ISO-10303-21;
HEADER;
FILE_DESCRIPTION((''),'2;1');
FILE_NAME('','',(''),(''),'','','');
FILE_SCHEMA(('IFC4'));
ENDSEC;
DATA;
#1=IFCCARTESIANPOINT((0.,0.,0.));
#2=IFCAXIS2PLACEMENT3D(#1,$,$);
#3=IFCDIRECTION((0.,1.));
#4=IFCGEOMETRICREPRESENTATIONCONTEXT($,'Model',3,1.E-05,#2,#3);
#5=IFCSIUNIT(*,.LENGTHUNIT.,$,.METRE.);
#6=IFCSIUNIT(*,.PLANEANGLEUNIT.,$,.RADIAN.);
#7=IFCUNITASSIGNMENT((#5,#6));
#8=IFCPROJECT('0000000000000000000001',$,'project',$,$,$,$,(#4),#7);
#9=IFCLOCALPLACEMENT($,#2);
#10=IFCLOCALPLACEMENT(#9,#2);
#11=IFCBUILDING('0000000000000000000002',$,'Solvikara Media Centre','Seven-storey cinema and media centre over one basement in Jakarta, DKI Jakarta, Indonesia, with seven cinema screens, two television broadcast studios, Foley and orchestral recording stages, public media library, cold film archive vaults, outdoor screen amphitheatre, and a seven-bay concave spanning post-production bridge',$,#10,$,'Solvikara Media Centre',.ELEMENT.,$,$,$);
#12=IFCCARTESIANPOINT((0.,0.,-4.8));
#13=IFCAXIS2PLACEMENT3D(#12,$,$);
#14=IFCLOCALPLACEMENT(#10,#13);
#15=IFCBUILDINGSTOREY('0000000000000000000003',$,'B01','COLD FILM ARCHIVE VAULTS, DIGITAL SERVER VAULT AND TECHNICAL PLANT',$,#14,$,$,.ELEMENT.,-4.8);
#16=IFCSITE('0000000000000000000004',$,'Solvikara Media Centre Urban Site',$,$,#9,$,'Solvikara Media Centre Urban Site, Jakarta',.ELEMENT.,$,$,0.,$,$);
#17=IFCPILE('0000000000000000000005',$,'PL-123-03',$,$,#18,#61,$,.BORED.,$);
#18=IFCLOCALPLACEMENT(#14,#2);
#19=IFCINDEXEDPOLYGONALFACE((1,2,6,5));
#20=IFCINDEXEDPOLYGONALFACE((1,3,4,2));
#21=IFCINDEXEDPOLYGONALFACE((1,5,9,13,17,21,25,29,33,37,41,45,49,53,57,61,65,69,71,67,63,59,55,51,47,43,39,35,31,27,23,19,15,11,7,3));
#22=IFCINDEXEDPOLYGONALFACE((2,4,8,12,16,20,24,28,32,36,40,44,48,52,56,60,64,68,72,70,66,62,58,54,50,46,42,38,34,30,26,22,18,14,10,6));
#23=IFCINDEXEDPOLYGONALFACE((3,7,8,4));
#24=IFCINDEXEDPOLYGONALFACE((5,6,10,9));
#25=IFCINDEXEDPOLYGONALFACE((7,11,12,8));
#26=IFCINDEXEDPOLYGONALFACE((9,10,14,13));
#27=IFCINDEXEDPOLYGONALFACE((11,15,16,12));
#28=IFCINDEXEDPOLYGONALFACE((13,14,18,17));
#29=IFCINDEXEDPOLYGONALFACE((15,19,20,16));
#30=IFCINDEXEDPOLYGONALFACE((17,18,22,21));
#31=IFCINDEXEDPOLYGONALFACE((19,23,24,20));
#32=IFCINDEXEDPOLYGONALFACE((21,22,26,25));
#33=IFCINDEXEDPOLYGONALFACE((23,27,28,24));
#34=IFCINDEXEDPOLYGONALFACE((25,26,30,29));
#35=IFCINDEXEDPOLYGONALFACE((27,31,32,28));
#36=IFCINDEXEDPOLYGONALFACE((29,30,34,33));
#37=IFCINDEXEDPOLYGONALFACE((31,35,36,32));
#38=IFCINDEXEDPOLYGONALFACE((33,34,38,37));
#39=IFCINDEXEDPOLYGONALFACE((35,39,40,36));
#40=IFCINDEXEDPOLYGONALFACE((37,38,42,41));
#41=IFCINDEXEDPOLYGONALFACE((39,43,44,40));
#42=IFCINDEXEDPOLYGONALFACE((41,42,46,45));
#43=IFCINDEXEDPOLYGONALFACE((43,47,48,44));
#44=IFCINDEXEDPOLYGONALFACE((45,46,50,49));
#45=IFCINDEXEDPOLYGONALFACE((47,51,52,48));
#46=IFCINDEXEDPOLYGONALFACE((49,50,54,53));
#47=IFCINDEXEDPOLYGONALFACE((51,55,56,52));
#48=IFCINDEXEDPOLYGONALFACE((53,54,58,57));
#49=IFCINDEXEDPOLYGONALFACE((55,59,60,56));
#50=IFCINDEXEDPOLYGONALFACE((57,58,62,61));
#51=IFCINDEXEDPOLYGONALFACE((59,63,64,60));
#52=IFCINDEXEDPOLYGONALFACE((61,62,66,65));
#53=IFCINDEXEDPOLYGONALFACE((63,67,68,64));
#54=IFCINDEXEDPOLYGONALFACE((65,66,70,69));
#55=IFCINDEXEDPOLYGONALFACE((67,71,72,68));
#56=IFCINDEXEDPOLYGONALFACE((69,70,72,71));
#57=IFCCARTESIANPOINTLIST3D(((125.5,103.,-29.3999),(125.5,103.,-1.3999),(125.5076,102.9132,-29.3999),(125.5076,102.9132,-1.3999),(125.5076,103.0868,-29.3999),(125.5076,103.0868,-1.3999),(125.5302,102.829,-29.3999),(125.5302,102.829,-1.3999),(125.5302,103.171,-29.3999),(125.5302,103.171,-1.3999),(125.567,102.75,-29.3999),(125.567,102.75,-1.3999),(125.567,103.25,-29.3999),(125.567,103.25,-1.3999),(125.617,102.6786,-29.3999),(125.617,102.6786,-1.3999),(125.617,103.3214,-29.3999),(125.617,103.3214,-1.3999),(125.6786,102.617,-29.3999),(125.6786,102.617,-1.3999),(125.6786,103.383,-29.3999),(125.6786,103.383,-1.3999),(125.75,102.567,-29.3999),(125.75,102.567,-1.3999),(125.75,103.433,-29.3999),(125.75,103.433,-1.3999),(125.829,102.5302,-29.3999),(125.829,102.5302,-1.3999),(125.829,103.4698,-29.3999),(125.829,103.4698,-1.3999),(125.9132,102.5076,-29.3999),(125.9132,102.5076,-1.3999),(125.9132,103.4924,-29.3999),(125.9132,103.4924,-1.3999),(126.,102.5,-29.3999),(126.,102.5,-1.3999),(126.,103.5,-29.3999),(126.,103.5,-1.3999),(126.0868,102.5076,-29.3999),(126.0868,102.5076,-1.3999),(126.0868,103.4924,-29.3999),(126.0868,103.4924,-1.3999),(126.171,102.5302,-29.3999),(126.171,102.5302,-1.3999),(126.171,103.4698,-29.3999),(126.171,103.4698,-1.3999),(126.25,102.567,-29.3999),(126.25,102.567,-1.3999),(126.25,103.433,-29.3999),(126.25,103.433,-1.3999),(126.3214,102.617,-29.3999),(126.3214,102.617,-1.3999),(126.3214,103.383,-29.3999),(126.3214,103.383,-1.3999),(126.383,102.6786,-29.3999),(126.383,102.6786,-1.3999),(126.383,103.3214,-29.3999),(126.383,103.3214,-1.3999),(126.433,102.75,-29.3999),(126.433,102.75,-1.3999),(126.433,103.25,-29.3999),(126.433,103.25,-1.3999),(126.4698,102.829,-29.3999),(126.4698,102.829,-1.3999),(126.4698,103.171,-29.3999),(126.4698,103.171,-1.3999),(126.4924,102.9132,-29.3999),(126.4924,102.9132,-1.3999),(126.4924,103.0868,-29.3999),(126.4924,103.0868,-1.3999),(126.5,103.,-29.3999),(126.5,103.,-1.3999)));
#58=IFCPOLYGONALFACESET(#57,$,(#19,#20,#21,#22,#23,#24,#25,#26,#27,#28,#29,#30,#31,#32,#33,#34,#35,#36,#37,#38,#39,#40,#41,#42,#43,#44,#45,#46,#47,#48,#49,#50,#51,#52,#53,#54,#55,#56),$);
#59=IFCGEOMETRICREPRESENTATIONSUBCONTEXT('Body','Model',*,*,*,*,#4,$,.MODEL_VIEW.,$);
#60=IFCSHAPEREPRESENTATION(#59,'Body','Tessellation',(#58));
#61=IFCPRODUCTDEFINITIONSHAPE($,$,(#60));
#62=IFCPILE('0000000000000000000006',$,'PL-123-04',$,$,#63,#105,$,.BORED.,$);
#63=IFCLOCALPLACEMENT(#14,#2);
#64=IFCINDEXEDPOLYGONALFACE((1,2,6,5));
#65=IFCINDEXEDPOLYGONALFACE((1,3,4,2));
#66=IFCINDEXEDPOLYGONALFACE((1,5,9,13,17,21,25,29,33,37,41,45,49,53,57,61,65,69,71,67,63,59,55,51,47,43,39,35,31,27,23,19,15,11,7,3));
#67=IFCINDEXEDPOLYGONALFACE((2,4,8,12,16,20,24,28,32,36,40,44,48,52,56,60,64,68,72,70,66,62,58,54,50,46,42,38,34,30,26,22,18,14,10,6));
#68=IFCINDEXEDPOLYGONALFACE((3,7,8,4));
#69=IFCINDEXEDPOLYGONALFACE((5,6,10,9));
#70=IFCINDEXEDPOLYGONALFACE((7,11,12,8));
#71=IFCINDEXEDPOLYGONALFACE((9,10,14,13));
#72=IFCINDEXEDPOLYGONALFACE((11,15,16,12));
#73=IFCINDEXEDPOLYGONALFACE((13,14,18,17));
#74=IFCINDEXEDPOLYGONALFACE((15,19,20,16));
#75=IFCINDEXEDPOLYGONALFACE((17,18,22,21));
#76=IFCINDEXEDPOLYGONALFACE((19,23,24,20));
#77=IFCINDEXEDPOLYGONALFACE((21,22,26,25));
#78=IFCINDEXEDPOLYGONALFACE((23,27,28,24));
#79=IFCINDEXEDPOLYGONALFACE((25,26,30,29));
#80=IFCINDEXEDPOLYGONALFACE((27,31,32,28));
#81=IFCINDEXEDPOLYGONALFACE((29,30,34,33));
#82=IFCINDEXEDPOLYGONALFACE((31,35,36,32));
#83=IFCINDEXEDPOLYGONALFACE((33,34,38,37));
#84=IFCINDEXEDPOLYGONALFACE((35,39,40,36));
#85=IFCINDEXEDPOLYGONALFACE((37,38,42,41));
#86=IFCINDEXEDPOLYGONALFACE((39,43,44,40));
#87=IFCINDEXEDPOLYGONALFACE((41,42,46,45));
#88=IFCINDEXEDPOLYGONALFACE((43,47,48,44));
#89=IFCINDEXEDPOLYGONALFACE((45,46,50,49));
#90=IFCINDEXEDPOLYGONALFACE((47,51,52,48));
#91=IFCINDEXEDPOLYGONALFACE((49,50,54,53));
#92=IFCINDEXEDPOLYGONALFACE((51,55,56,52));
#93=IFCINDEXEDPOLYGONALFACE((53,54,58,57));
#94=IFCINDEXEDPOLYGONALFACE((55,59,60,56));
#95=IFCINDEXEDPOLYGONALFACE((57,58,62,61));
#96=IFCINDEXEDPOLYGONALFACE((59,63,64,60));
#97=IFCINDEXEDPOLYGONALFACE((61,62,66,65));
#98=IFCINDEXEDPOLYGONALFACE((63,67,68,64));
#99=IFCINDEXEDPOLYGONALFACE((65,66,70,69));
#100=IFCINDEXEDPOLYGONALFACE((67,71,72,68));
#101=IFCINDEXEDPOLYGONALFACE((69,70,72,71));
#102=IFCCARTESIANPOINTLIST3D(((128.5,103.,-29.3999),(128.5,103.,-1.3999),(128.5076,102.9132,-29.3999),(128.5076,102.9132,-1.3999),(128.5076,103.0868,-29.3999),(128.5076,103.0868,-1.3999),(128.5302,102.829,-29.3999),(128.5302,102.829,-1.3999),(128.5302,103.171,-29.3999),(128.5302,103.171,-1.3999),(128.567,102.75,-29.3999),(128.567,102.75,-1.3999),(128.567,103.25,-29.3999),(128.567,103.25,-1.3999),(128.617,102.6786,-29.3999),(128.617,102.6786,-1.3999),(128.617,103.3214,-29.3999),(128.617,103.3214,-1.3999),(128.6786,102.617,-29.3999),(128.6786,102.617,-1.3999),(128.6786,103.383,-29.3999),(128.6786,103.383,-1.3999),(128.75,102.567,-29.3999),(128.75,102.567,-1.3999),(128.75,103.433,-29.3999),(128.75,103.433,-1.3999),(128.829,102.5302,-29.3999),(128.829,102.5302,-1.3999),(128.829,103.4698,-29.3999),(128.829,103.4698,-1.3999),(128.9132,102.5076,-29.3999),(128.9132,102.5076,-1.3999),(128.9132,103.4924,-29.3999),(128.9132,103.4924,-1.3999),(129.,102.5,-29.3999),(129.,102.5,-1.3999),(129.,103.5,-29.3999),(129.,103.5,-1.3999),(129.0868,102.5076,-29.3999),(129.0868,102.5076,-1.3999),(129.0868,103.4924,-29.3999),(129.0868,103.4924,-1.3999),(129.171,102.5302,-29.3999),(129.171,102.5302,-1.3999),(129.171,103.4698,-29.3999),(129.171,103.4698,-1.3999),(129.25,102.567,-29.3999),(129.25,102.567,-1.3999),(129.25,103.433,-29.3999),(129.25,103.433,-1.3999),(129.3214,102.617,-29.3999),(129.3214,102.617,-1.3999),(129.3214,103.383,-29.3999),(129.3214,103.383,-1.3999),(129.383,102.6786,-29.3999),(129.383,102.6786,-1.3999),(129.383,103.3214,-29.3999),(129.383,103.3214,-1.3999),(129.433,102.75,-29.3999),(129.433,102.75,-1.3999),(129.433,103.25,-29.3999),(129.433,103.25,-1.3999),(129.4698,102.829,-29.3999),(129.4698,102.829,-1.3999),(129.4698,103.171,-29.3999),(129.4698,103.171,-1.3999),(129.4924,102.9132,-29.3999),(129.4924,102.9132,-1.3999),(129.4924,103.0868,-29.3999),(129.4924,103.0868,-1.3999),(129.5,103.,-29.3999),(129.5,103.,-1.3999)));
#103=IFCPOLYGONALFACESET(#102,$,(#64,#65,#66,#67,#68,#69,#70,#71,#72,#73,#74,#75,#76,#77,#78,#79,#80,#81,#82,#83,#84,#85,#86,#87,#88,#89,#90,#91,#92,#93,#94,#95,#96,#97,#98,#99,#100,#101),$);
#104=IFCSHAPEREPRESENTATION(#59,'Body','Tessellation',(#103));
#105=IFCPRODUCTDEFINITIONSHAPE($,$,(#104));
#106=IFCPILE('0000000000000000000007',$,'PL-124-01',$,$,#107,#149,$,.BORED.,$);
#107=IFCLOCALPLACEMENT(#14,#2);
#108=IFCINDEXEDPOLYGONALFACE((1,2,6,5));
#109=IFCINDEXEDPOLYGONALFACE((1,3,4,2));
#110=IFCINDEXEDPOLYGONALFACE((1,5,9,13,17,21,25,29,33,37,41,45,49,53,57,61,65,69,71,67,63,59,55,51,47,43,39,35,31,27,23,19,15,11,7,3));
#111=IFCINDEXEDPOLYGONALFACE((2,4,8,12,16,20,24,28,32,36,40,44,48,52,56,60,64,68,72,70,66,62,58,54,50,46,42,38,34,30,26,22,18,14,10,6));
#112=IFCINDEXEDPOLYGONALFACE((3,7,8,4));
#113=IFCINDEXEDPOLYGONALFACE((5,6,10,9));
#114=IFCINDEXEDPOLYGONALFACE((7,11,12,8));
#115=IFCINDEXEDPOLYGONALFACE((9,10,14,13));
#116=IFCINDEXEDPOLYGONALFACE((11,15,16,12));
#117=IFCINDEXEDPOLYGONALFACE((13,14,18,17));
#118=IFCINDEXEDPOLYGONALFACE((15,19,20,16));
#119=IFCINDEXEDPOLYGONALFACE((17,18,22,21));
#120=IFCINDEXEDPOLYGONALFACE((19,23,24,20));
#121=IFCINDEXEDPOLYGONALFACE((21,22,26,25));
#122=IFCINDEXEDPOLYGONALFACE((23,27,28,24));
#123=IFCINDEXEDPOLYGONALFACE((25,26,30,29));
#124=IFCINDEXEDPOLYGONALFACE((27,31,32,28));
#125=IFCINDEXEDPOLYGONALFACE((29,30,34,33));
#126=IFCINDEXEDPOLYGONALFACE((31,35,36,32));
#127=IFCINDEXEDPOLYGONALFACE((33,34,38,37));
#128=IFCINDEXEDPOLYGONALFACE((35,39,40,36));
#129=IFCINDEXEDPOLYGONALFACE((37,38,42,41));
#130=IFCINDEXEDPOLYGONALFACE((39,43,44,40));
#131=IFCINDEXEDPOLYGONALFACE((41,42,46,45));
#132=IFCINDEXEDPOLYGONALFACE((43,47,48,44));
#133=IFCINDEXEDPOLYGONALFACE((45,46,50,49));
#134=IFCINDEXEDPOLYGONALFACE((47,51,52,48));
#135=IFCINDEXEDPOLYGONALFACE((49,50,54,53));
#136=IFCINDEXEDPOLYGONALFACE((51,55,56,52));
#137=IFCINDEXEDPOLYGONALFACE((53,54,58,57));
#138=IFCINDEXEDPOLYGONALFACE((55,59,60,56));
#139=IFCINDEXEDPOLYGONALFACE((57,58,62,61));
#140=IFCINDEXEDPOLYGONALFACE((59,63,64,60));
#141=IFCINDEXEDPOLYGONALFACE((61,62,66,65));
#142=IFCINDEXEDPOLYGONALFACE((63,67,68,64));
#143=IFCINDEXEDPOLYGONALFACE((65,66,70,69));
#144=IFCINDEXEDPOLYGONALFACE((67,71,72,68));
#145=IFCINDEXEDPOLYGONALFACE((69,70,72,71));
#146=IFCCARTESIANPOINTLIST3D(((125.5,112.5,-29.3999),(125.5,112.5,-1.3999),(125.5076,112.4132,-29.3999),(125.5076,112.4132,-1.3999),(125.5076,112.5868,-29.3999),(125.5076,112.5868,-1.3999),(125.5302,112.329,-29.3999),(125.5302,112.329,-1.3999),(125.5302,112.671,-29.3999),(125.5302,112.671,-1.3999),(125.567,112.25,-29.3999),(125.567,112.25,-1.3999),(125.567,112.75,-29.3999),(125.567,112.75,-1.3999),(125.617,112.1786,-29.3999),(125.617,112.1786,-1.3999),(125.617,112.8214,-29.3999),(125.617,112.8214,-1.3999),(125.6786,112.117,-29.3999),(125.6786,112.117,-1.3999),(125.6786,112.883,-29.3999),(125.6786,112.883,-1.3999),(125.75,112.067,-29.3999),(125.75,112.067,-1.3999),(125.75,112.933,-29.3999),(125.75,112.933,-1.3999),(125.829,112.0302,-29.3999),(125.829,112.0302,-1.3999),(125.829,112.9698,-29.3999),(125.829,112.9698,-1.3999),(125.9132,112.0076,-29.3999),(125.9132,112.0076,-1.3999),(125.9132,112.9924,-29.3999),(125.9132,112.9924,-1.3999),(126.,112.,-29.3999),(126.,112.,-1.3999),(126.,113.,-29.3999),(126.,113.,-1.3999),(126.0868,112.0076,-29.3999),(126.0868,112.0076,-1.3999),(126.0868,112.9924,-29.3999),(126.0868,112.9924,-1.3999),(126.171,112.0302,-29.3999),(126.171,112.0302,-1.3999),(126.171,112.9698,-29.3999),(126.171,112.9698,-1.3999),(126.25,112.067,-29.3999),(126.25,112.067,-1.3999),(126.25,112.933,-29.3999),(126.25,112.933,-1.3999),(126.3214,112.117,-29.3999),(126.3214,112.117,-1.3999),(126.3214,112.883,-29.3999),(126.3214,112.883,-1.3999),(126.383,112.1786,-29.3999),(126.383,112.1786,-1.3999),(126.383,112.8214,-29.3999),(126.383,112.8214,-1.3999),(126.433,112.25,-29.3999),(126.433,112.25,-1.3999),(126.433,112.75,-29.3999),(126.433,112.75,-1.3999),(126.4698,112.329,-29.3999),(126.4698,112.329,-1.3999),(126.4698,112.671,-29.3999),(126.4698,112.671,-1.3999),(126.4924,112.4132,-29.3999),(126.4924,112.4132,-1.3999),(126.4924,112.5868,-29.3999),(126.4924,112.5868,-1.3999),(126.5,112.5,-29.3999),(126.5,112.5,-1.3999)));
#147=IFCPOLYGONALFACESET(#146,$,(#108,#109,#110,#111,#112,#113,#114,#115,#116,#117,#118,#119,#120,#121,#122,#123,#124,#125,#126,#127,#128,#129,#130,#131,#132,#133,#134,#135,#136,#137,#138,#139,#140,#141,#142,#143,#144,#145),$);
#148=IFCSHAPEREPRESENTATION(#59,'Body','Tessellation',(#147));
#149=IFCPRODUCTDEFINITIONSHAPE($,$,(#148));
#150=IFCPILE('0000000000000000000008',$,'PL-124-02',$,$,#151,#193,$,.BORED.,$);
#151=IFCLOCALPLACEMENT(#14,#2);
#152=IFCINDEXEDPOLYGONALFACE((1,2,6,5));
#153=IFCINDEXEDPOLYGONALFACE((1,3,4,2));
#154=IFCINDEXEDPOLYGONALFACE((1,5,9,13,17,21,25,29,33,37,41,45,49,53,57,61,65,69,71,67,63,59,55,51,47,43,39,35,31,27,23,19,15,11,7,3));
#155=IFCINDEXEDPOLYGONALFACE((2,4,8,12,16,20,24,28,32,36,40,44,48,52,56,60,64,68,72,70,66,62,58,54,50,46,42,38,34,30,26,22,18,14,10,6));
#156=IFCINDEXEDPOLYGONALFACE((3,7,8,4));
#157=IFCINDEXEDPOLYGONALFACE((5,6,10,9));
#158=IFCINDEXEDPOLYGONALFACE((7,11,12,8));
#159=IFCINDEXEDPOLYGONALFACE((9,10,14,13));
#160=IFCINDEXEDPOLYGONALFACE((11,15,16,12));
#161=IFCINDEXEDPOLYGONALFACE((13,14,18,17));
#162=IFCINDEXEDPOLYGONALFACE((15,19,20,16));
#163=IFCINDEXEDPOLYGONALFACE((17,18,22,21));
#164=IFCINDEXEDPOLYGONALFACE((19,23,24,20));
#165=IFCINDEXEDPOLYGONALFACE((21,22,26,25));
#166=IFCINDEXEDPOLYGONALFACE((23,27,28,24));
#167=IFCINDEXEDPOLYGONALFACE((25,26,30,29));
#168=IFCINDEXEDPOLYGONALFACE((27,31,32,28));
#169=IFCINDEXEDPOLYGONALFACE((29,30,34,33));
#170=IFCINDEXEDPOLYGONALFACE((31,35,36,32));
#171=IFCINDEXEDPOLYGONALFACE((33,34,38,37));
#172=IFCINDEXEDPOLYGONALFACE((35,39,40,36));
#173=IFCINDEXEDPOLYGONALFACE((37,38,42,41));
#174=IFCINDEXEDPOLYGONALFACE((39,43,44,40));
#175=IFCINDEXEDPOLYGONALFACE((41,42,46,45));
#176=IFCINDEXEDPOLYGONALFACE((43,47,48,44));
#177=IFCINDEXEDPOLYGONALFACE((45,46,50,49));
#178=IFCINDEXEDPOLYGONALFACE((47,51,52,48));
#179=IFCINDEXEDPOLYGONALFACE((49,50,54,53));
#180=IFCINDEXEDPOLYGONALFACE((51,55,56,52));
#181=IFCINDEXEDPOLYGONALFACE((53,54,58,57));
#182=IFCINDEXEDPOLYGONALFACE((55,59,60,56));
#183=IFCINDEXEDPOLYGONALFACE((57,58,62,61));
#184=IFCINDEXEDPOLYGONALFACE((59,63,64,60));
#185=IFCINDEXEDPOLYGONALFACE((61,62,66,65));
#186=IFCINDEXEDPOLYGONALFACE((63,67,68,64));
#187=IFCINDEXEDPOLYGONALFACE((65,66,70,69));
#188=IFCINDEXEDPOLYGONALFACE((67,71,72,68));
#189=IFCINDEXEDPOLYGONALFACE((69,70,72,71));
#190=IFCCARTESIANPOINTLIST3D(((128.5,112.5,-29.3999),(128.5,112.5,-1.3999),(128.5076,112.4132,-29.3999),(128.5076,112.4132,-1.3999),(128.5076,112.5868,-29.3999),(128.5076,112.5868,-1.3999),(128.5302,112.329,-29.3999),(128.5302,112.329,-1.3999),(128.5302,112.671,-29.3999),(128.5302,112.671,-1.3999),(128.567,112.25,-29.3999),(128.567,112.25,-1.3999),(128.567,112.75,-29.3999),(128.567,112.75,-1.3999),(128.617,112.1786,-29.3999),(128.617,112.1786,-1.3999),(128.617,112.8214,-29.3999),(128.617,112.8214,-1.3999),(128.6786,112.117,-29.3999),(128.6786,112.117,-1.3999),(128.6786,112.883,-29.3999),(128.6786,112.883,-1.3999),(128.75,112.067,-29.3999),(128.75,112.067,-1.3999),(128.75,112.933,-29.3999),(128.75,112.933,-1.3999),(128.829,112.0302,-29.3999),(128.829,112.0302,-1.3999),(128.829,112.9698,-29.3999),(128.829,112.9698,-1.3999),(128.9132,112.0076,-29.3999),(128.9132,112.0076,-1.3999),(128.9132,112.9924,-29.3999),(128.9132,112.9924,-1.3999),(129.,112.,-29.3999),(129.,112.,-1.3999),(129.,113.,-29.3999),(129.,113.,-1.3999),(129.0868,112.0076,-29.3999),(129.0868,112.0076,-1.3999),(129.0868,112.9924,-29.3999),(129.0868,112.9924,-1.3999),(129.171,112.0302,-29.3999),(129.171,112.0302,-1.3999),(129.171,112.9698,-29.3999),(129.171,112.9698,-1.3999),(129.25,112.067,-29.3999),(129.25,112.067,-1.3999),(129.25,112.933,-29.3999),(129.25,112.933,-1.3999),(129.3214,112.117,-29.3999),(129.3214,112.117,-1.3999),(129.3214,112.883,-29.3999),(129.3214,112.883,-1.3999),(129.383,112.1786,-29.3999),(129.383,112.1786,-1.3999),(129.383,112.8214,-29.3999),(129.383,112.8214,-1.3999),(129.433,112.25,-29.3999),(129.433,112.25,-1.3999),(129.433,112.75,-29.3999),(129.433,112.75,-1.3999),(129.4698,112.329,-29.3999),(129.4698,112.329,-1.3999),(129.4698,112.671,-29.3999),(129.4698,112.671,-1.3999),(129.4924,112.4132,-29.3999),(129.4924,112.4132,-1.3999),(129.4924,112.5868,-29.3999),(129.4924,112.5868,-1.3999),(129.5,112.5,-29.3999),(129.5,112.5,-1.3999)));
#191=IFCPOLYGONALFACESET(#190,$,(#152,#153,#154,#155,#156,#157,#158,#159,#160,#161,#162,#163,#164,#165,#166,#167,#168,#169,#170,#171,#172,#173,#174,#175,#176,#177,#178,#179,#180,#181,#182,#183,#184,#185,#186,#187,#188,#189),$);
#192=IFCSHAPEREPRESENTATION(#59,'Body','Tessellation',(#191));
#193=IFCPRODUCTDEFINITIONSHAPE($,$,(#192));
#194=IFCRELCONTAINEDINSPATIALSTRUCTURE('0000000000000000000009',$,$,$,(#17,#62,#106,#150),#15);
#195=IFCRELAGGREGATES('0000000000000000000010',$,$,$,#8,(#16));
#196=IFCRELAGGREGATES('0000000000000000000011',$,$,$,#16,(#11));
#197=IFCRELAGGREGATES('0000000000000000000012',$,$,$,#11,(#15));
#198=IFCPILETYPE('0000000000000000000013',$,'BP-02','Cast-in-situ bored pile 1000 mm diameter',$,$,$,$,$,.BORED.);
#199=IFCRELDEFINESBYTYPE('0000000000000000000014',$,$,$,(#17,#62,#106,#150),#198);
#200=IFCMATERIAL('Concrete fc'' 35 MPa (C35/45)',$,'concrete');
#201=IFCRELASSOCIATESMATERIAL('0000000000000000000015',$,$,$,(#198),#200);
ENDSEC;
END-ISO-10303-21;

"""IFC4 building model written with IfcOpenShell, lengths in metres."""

from ifc_helpers import new_model, si_unit, direction, frame, origin, origin_2d, place, context, subcontext, project, spatial, circle, extrude, material, material_profile, profile_set, type_object, element, save


model = new_model("IFC4")

# Units and contexts
model_context = context("Model", 3, precision=1e-05, world=origin(), true_north=direction((0.0, 1.0)))
body_context = subcontext(model_context, "Body", "Model", "MODEL_VIEW")
ifc_project = project(units=[si_unit("LENGTHUNIT", "METRE"), si_unit("PLANEANGLEUNIT", "RADIAN")], contexts=[model_context])

# Site, building, storey
site_placement = place(None, origin())
site = spatial("IfcSite", under=ifc_project, at=site_placement, Name="Solvikara Media Centre Urban Site", LongName="Solvikara Media Centre Urban Site, Jakarta", CompositionType="ELEMENT", RefElevation=0.0)
building_placement = place(site_placement, origin())
building = spatial("IfcBuilding", under=site, at=building_placement, Name="Solvikara Media Centre", Description="Seven-storey cinema and media centre over one basement in Jakarta, DKI Jakarta, Indonesia, with seven cinema screens, two television broadcast studios, Foley and orchestral recording stages, public media library, cold film archive vaults, outdoor screen amphitheatre, and a seven-bay concave spanning post-production bridge", LongName="Solvikara Media Centre", CompositionType="ELEMENT")
storey_placement = place(building_placement, frame((0.0, 0.0, -4.8)))
storey = spatial("IfcBuildingStorey", under=building, at=storey_placement, Name="B01", Description="COLD FILM ARCHIVE VAULTS, DIGITAL SERVER VAULT AND TECHNICAL PLANT", CompositionType="ELEMENT", Elevation=-4.8)

# Piles
ifc_material_1 = material(Name="Concrete fc' 35 MPa (C35/45)", Category="concrete")
ifc_material_profile_1 = material_profile(ifc_material_1, circle(Radius=0.5, at=origin_2d()), Name="BORED PILE D1000")
ifc_profile_set_1 = profile_set([ifc_material_profile_1], Name="Concrete fc' 35 MPa (C35/45)")
pile_type_1 = type_object("IfcPileType", Name="BP-02", Description="Cast-in-situ bored pile 1000 mm diameter", PredefinedType="BORED", material=ifc_profile_set_1)
for number, where, z_axis, x_axis, name in (
    (1, (126.0, 103.0, -1.3999), (0.0, 0.0, -1.0), (1.0, 0.0, 0.0), "PL-123-03"),
    (2, (129.0, 103.0, -1.3999), (0.0, 0.0, -1.0), (1.0, 0.0, 0.0), "PL-123-04"),
    (3, (126.0, 112.5, -1.3999), (0.0, 0.0, -1.0), (1.0, 0.0, 0.0), "PL-124-01"),
    (4, (129.0, 112.5, -1.3999), (0.0, 0.0, -1.0), (1.0, 0.0, 0.0), "PL-124-02"),
):
    element("IfcPile", number, at=place(storey_placement, frame(where, z_axis=z_axis, x_axis=x_axis)), inside=storey, type_object=pile_type_1, Name=name, PredefinedType="BORED", context=body_context, shape_type="SweptSolid", body=[
        extrude(circle(Radius=0.5, at=origin_2d()), origin(), (0.0, 0.0, 1.0), 28.0),
    ])

save(model, "model.ifc")
